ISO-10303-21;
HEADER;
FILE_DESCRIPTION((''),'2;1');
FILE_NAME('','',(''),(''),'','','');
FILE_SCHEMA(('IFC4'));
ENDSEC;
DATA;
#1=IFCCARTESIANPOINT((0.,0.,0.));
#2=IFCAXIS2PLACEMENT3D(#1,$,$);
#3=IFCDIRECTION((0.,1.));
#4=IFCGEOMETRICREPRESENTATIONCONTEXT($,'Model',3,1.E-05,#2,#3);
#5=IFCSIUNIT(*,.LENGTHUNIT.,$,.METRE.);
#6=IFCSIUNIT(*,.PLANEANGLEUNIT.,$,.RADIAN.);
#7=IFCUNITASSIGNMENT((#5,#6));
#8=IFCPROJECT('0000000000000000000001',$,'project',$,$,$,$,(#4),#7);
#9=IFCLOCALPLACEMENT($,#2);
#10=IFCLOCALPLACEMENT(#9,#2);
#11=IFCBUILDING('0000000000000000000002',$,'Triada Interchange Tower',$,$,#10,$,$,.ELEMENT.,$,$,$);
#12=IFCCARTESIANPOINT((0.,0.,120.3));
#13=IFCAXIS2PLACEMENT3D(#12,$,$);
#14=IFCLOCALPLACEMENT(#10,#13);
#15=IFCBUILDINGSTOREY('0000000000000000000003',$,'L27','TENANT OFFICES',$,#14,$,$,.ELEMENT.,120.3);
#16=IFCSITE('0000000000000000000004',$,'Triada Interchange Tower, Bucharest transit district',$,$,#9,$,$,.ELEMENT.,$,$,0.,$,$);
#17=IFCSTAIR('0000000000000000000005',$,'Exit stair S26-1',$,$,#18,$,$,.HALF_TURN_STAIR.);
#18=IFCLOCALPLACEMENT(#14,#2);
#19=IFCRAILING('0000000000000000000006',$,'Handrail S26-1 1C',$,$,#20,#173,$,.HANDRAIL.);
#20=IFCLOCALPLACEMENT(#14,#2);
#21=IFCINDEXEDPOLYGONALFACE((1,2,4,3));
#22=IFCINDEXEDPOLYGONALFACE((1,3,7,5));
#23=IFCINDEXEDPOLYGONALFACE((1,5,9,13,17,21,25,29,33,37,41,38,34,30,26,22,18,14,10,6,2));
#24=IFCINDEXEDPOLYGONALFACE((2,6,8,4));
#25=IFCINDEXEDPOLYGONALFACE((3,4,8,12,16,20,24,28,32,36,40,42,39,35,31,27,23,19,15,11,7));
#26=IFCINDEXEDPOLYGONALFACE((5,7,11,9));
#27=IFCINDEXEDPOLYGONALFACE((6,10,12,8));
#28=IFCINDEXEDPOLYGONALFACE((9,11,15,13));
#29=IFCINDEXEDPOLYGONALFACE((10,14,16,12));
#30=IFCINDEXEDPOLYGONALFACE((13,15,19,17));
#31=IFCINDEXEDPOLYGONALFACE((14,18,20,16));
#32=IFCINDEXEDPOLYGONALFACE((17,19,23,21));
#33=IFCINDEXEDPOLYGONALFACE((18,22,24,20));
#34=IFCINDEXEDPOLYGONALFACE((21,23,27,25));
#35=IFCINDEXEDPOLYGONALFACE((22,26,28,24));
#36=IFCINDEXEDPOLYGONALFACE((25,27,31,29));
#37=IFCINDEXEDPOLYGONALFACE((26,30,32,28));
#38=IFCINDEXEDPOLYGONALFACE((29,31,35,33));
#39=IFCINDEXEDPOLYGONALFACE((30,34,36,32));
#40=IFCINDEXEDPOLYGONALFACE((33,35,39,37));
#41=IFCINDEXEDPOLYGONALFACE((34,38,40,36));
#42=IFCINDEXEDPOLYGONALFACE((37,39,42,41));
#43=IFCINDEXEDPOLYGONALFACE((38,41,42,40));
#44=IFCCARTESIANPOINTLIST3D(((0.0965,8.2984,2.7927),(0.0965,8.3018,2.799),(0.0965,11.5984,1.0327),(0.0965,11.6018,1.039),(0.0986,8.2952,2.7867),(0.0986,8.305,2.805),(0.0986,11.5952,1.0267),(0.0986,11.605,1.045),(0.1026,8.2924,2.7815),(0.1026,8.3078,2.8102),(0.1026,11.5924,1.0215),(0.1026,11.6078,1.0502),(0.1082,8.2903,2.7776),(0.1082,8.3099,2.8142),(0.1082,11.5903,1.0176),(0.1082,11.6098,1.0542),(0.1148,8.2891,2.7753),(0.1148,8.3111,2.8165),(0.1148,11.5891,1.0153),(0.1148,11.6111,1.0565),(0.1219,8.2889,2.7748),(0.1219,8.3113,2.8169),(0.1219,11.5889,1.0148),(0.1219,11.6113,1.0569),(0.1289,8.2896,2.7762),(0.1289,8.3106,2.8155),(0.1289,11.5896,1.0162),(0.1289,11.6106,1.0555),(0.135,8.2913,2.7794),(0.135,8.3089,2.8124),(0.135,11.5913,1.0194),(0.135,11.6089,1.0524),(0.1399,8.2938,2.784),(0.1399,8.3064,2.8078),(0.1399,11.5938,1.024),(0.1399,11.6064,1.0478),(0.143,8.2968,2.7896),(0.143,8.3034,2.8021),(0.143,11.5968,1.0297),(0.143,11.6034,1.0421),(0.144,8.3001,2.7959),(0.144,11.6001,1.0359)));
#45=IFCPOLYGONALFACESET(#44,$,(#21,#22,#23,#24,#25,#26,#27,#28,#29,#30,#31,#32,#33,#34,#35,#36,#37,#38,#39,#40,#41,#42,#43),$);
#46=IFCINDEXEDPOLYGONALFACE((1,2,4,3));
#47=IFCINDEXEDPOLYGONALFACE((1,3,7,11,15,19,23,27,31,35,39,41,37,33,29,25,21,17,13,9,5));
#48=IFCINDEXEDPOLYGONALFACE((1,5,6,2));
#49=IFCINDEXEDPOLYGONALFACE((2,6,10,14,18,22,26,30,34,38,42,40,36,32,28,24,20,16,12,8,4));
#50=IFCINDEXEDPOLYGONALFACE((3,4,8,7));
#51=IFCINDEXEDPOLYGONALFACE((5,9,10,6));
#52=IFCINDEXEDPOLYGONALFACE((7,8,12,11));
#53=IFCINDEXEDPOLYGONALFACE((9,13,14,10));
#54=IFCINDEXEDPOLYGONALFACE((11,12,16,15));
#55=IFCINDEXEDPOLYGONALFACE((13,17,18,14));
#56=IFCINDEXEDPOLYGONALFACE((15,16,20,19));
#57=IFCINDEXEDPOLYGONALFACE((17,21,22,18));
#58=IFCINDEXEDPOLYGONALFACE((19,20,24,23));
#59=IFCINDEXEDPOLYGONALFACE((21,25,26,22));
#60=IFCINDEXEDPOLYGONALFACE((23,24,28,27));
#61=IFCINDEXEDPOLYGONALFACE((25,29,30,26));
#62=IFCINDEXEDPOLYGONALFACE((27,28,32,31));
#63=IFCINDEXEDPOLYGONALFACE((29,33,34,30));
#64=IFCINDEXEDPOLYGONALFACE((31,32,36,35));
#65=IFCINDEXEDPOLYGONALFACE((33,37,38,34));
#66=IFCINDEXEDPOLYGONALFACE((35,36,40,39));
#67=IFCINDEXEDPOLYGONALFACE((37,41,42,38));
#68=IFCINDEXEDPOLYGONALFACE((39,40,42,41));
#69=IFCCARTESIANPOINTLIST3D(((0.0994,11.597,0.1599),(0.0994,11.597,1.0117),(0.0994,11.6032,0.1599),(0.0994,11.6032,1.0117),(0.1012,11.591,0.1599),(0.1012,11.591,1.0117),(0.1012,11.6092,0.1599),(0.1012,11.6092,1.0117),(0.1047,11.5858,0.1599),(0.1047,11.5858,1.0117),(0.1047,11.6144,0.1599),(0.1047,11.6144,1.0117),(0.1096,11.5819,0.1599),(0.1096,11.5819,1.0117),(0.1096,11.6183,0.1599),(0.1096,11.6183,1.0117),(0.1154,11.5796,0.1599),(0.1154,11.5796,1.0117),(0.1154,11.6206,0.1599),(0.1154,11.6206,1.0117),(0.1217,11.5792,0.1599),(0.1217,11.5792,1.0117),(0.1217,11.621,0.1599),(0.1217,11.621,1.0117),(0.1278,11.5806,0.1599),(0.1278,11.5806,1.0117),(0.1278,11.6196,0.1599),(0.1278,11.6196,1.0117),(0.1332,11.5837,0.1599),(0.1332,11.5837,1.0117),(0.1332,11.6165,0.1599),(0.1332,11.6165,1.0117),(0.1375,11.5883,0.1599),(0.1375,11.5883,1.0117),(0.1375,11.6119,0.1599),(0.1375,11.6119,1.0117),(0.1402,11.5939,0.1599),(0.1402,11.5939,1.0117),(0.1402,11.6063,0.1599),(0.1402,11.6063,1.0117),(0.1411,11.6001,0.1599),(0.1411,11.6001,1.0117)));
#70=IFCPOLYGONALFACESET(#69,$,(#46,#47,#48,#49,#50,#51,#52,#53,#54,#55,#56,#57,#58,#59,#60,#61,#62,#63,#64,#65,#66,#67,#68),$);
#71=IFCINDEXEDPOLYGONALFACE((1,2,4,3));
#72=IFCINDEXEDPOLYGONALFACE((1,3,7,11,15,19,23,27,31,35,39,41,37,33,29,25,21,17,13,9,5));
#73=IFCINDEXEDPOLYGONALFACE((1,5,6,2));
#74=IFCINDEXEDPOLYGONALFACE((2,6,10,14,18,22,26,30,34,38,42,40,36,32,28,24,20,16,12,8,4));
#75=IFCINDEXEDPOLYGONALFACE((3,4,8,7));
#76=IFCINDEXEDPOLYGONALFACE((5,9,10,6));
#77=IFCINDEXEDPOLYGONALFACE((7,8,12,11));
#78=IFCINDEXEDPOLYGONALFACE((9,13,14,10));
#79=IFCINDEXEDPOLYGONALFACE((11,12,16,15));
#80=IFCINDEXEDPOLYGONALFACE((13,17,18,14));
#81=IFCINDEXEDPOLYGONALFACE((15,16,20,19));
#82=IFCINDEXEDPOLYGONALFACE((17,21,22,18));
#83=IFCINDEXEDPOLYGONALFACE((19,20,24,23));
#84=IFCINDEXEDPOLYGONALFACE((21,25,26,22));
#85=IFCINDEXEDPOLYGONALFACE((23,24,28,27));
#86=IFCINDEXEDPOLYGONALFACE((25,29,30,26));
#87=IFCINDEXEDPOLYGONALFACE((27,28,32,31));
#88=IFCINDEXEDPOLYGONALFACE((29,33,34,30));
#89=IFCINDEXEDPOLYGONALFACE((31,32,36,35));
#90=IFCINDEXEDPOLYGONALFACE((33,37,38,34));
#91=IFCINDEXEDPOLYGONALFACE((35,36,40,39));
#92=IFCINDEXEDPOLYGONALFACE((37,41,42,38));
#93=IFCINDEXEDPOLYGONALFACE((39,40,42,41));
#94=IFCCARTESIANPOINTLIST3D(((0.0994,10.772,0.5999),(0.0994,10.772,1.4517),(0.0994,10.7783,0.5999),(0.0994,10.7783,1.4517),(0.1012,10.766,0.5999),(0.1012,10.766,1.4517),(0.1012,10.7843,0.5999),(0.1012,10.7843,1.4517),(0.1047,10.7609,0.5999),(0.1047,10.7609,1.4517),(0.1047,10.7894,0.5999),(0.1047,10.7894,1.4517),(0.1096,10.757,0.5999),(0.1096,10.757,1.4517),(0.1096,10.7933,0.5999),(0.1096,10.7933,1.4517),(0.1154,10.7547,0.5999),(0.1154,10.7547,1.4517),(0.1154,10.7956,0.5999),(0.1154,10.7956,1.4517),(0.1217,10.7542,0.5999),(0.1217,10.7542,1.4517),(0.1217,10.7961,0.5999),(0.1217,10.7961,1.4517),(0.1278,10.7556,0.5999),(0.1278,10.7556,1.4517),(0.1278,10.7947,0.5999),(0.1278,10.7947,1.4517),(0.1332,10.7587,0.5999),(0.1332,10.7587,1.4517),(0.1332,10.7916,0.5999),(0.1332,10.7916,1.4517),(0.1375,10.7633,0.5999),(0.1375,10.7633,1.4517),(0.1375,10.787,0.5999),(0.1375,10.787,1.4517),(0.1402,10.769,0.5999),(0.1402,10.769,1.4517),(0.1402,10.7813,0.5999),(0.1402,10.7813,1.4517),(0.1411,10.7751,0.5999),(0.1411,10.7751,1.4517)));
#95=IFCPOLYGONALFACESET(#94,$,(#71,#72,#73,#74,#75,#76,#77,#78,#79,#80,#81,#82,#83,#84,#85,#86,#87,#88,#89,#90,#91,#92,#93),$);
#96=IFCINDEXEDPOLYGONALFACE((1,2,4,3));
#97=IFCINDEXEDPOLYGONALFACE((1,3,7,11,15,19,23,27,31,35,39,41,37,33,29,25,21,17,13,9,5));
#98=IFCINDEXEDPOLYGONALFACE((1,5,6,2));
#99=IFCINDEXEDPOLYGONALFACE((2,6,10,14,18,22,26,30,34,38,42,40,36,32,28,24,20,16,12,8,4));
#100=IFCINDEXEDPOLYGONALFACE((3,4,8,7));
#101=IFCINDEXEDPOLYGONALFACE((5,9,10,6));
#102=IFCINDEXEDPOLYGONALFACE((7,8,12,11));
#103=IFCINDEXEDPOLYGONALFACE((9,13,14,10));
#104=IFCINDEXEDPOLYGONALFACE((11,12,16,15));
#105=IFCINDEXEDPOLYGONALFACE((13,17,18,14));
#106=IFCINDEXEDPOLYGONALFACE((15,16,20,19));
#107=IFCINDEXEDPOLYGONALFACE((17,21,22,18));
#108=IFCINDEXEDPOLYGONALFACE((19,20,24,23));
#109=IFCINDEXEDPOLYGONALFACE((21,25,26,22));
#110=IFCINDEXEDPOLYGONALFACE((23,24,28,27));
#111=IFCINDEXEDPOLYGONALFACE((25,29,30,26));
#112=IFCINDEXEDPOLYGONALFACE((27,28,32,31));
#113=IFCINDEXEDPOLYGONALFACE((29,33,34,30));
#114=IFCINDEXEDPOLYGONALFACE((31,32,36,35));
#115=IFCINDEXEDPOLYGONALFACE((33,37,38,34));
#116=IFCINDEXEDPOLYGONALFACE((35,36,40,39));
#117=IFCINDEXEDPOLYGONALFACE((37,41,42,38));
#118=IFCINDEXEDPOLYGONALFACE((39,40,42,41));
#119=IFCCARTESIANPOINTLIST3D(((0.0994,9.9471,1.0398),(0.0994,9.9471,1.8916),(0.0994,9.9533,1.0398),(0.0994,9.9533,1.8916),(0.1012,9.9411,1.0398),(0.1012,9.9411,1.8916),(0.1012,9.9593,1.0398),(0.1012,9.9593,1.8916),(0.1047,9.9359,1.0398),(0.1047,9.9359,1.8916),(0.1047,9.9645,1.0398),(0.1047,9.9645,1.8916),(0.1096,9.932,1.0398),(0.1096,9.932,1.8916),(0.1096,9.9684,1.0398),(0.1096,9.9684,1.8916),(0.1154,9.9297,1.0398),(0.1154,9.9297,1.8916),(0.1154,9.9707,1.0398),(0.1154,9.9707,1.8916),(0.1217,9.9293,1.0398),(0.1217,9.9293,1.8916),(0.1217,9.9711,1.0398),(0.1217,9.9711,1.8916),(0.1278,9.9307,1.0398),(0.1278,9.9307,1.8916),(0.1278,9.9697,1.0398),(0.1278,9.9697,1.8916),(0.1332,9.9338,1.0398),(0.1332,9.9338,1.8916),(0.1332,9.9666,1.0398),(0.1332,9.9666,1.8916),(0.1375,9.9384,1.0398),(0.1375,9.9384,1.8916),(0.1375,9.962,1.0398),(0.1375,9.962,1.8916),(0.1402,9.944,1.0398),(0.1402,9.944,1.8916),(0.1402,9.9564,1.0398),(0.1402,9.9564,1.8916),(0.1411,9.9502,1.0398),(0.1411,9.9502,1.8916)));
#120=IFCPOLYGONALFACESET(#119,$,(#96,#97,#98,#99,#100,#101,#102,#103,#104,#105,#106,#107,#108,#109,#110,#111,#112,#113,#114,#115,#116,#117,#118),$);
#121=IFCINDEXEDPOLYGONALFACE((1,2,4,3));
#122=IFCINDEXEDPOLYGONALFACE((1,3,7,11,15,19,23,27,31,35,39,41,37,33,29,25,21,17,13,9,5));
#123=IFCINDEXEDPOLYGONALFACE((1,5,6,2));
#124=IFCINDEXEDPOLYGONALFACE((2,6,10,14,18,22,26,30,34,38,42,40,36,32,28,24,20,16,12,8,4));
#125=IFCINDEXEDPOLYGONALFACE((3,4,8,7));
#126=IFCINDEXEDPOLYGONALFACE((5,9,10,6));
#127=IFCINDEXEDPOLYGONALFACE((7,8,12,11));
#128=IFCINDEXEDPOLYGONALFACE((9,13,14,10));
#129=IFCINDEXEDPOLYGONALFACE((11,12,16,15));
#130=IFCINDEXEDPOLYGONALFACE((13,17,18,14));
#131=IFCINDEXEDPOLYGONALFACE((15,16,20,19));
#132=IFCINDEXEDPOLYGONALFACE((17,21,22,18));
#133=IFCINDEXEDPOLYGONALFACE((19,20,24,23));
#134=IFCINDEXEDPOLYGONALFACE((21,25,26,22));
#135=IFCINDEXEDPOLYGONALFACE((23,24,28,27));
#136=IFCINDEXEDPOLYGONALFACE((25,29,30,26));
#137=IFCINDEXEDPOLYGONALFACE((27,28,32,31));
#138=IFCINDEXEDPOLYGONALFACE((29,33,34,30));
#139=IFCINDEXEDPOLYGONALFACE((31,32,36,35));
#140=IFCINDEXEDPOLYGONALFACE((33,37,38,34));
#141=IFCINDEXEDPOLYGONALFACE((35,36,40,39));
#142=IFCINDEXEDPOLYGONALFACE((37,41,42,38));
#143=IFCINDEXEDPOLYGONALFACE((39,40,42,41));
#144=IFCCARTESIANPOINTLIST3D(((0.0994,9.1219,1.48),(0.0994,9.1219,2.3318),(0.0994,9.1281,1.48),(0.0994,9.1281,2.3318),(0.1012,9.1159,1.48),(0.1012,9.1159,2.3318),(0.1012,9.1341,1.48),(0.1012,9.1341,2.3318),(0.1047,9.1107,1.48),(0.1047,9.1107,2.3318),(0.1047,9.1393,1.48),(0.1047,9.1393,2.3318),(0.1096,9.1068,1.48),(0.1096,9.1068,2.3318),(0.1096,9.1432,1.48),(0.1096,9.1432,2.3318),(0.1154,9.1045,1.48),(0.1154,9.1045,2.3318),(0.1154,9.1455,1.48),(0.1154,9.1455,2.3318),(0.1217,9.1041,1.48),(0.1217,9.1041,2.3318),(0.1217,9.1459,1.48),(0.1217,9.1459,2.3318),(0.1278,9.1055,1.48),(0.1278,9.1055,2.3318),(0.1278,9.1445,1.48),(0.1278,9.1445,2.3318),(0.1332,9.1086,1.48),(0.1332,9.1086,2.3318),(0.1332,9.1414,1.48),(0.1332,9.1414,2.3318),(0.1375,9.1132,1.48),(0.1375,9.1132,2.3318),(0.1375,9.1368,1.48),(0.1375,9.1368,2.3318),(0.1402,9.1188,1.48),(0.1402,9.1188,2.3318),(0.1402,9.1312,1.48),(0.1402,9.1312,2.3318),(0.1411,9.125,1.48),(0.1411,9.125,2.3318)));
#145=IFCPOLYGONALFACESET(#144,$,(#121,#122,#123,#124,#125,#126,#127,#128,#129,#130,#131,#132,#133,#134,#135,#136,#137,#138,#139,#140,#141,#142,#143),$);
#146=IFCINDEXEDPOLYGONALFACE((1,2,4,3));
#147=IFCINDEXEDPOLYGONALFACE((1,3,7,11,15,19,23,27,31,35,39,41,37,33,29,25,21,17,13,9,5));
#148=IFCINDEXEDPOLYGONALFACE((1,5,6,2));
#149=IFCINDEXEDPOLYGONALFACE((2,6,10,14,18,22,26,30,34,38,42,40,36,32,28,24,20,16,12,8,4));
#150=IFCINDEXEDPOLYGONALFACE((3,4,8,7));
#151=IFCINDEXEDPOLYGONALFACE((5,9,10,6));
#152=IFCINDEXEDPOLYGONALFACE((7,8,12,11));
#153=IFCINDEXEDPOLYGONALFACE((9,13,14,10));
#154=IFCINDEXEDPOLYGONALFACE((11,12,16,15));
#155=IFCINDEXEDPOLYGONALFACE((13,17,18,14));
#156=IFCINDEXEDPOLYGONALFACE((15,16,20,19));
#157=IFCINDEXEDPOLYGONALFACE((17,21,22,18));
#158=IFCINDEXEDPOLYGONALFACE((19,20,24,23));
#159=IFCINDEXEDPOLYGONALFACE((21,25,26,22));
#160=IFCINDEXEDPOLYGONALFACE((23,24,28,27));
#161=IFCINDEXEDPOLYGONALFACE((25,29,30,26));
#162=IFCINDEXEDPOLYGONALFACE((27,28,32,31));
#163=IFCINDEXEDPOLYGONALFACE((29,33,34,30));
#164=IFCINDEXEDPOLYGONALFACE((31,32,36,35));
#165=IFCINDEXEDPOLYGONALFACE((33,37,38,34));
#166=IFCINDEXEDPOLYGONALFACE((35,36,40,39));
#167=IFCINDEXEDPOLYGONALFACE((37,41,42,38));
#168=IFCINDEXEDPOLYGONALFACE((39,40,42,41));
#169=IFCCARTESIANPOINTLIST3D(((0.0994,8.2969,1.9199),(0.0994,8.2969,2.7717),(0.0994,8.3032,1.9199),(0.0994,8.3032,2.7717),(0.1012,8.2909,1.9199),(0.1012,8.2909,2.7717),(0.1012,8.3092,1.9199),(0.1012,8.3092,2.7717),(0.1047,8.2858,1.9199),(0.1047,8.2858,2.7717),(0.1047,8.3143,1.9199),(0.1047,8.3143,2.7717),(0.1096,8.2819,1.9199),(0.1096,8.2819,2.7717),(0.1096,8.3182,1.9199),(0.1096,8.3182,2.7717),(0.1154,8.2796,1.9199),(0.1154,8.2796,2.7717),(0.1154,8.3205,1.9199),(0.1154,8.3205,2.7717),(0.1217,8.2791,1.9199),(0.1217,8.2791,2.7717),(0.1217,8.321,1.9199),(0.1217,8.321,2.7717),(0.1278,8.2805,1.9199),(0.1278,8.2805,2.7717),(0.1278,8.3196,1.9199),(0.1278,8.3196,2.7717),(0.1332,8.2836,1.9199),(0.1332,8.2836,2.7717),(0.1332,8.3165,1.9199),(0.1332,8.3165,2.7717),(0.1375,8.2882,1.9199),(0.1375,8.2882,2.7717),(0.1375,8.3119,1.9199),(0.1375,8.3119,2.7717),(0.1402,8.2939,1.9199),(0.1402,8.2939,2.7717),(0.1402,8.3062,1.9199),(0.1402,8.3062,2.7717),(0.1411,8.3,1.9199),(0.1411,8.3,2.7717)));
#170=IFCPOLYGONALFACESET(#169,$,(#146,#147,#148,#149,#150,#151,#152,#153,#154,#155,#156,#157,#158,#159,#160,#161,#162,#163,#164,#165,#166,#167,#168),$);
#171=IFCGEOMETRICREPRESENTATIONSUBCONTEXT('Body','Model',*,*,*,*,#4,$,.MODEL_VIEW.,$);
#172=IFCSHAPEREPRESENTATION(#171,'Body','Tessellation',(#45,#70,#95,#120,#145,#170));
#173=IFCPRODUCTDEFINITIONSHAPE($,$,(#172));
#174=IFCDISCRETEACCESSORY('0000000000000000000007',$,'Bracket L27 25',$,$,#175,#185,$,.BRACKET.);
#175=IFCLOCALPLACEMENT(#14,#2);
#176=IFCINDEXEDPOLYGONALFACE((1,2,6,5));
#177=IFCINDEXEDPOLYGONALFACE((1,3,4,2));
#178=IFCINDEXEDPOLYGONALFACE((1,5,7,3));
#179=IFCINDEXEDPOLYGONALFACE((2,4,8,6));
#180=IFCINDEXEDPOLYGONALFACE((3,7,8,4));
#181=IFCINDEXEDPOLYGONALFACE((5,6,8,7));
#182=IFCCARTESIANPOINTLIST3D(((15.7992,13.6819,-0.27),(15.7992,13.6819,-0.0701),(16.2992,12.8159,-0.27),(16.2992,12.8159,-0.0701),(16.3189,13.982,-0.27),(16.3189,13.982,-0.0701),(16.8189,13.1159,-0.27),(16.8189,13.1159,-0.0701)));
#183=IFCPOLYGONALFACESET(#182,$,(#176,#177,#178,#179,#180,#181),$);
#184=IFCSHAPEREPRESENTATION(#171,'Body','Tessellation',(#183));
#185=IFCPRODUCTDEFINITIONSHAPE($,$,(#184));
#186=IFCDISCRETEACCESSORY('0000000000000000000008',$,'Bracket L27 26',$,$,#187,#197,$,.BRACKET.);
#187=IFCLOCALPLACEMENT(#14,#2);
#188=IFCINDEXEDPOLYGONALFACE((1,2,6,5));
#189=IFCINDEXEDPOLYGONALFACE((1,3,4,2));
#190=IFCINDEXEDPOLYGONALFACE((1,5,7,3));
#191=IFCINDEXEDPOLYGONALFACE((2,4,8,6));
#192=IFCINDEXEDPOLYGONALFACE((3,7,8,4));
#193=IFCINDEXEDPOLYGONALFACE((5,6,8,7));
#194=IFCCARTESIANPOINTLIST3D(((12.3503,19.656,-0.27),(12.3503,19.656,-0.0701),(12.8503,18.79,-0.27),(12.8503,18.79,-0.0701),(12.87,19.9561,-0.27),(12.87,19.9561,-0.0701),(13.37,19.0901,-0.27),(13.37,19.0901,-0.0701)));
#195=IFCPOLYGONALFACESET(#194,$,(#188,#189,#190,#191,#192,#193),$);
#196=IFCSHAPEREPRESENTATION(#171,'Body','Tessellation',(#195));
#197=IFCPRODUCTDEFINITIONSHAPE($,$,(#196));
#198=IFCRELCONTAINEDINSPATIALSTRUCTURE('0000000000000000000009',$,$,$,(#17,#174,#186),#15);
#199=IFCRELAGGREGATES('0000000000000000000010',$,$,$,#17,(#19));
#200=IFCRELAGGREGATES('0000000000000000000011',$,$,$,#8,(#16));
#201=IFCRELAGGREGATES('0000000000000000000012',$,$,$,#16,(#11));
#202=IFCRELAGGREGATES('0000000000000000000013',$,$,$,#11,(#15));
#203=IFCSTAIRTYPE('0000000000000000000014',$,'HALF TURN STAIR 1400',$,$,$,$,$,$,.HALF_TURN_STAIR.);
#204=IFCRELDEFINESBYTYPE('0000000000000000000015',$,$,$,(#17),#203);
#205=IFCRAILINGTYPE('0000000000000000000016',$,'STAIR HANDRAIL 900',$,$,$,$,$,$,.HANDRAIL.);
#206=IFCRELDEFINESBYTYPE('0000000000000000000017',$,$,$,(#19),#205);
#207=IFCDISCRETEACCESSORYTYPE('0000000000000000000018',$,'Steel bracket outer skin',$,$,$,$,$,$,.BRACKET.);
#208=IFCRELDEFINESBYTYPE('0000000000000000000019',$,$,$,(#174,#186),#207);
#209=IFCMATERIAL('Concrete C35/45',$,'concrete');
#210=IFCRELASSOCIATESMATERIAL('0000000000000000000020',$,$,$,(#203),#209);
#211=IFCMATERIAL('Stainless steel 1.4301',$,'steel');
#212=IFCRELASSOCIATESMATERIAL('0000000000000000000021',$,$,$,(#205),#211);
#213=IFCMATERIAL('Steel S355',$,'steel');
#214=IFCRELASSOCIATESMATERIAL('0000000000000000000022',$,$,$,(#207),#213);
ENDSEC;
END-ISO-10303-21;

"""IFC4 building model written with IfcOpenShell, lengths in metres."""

from ifc_helpers import new_model, si_unit, direction, frame, origin, origin_2d, place, context, subcontext, project, spatial, rectangle, circle, extrude, material, type_object, element, aggregate, save


model = new_model("IFC4")

# Units and contexts
model_context = context("Model", 3, precision=1e-05, world=origin(), true_north=direction((0.0, 1.0)))
body_context = subcontext(model_context, "Body", "Model", "MODEL_VIEW")
ifc_project = project(units=[si_unit("LENGTHUNIT", "METRE"), si_unit("PLANEANGLEUNIT", "RADIAN")], contexts=[model_context])

# Site, building, storey
site_placement = place(None, origin())
site = spatial("IfcSite", under=ifc_project, at=site_placement, Name="Triada Interchange Tower, Bucharest transit district", CompositionType="ELEMENT", RefElevation=0.0)
building_placement = place(site_placement, origin())
building = spatial("IfcBuilding", under=site, at=building_placement, Name="Triada Interchange Tower", CompositionType="ELEMENT")
storey_placement = place(building_placement, frame((0.0, 0.0, 120.3)))
storey = spatial("IfcBuildingStorey", under=building, at=storey_placement, Name="L27", Description="TENANT OFFICES", CompositionType="ELEMENT", Elevation=120.3)

# Stair
ifc_material_1 = material(Name="Concrete C35/45", Category="concrete")
stair_type = type_object("IfcStairType", Name="HALF TURN STAIR 1400", PredefinedType="HALF_TURN_STAIR", material=ifc_material_1)
stair_placement = place(storey_placement, origin())
stair = element("IfcStair", 1, at=stair_placement, inside=storey, type_object=stair_type, Name="Exit stair S26-1", PredefinedType="HALF_TURN_STAIR")

# Railing
ifc_material_2 = material(Name="Stainless steel 1.4301", Category="steel")
railing_type = type_object("IfcRailingType", Name="STAIR HANDRAIL 900", PredefinedType="HANDRAIL", material=ifc_material_2)
railing_1_placement = place(storey_placement, frame((0.1201, 11.6001, 0.1599)))
railing_1 = element("IfcRailing", 2, at=railing_1_placement, type_object=railing_type, Name="Handrail S26-1 1C", PredefinedType="HANDRAIL", context=body_context, shape_type="SweptSolid", body=[
    extrude(circle(Radius=0.0239, at=origin_2d()), frame((0.0, 0.0, 0.876), z_axis=(0.0, -0.882355, 0.470585), x_axis=(1.0, 0.0, 0.0)), (0.0, 0.0, 1.0), 3.74),
    extrude(circle(Radius=0.021, at=origin_2d()), origin(), (0.0, 0.0, 1.0), 0.8518),
    extrude(circle(Radius=0.021, at=origin_2d()), frame((0.0, -0.825, 0.4399)), (0.0, 0.0, 1.0), 0.8518),
    extrude(circle(Radius=0.021, at=origin_2d()), frame((0.0, -1.6499, 0.8799)), (0.0, 0.0, 1.0), 0.8518),
    extrude(circle(Radius=0.021, at=origin_2d()), frame((0.0, -2.4751, 1.3201)), (0.0, 0.0, 1.0), 0.8518),
    extrude(circle(Radius=0.021, at=origin_2d()), frame((0.0, -3.3, 1.76)), (0.0, 0.0, 1.0), 0.8518),
])
aggregate(stair, [railing_1])

# Discrete accessories
ifc_material_3 = material(Name="Steel S355", Category="steel")
discrete_accessory_type = type_object("IfcDiscreteAccessoryType", Name="Steel bracket outer skin", PredefinedType="BRACKET", material=ifc_material_3)
for number, where, z_axis, x_axis, name in (
    (3, (16.3091, 13.3989, -0.27), (0.0, 0.0, 1.0), (0.866028, 0.499995, 0.0), "Bracket L27 25"),
    (4, (12.8601, 19.373, -0.27), (0.0, 0.0, 1.0), (0.866028, 0.499995, 0.0), "Bracket L27 26"),
):
    element("IfcDiscreteAccessory", number, at=place(storey_placement, frame(where, z_axis=z_axis, x_axis=x_axis)), inside=storey, type_object=discrete_accessory_type, Name=name, PredefinedType="BRACKET", context=body_context, shape_type="SweptSolid", body=[
        extrude(rectangle(XDim=0.6001, YDim=1.0, at=origin_2d()), origin(), (0.0, 0.0, 1.0), 0.2),
    ])

save(model, "model.ifc")
